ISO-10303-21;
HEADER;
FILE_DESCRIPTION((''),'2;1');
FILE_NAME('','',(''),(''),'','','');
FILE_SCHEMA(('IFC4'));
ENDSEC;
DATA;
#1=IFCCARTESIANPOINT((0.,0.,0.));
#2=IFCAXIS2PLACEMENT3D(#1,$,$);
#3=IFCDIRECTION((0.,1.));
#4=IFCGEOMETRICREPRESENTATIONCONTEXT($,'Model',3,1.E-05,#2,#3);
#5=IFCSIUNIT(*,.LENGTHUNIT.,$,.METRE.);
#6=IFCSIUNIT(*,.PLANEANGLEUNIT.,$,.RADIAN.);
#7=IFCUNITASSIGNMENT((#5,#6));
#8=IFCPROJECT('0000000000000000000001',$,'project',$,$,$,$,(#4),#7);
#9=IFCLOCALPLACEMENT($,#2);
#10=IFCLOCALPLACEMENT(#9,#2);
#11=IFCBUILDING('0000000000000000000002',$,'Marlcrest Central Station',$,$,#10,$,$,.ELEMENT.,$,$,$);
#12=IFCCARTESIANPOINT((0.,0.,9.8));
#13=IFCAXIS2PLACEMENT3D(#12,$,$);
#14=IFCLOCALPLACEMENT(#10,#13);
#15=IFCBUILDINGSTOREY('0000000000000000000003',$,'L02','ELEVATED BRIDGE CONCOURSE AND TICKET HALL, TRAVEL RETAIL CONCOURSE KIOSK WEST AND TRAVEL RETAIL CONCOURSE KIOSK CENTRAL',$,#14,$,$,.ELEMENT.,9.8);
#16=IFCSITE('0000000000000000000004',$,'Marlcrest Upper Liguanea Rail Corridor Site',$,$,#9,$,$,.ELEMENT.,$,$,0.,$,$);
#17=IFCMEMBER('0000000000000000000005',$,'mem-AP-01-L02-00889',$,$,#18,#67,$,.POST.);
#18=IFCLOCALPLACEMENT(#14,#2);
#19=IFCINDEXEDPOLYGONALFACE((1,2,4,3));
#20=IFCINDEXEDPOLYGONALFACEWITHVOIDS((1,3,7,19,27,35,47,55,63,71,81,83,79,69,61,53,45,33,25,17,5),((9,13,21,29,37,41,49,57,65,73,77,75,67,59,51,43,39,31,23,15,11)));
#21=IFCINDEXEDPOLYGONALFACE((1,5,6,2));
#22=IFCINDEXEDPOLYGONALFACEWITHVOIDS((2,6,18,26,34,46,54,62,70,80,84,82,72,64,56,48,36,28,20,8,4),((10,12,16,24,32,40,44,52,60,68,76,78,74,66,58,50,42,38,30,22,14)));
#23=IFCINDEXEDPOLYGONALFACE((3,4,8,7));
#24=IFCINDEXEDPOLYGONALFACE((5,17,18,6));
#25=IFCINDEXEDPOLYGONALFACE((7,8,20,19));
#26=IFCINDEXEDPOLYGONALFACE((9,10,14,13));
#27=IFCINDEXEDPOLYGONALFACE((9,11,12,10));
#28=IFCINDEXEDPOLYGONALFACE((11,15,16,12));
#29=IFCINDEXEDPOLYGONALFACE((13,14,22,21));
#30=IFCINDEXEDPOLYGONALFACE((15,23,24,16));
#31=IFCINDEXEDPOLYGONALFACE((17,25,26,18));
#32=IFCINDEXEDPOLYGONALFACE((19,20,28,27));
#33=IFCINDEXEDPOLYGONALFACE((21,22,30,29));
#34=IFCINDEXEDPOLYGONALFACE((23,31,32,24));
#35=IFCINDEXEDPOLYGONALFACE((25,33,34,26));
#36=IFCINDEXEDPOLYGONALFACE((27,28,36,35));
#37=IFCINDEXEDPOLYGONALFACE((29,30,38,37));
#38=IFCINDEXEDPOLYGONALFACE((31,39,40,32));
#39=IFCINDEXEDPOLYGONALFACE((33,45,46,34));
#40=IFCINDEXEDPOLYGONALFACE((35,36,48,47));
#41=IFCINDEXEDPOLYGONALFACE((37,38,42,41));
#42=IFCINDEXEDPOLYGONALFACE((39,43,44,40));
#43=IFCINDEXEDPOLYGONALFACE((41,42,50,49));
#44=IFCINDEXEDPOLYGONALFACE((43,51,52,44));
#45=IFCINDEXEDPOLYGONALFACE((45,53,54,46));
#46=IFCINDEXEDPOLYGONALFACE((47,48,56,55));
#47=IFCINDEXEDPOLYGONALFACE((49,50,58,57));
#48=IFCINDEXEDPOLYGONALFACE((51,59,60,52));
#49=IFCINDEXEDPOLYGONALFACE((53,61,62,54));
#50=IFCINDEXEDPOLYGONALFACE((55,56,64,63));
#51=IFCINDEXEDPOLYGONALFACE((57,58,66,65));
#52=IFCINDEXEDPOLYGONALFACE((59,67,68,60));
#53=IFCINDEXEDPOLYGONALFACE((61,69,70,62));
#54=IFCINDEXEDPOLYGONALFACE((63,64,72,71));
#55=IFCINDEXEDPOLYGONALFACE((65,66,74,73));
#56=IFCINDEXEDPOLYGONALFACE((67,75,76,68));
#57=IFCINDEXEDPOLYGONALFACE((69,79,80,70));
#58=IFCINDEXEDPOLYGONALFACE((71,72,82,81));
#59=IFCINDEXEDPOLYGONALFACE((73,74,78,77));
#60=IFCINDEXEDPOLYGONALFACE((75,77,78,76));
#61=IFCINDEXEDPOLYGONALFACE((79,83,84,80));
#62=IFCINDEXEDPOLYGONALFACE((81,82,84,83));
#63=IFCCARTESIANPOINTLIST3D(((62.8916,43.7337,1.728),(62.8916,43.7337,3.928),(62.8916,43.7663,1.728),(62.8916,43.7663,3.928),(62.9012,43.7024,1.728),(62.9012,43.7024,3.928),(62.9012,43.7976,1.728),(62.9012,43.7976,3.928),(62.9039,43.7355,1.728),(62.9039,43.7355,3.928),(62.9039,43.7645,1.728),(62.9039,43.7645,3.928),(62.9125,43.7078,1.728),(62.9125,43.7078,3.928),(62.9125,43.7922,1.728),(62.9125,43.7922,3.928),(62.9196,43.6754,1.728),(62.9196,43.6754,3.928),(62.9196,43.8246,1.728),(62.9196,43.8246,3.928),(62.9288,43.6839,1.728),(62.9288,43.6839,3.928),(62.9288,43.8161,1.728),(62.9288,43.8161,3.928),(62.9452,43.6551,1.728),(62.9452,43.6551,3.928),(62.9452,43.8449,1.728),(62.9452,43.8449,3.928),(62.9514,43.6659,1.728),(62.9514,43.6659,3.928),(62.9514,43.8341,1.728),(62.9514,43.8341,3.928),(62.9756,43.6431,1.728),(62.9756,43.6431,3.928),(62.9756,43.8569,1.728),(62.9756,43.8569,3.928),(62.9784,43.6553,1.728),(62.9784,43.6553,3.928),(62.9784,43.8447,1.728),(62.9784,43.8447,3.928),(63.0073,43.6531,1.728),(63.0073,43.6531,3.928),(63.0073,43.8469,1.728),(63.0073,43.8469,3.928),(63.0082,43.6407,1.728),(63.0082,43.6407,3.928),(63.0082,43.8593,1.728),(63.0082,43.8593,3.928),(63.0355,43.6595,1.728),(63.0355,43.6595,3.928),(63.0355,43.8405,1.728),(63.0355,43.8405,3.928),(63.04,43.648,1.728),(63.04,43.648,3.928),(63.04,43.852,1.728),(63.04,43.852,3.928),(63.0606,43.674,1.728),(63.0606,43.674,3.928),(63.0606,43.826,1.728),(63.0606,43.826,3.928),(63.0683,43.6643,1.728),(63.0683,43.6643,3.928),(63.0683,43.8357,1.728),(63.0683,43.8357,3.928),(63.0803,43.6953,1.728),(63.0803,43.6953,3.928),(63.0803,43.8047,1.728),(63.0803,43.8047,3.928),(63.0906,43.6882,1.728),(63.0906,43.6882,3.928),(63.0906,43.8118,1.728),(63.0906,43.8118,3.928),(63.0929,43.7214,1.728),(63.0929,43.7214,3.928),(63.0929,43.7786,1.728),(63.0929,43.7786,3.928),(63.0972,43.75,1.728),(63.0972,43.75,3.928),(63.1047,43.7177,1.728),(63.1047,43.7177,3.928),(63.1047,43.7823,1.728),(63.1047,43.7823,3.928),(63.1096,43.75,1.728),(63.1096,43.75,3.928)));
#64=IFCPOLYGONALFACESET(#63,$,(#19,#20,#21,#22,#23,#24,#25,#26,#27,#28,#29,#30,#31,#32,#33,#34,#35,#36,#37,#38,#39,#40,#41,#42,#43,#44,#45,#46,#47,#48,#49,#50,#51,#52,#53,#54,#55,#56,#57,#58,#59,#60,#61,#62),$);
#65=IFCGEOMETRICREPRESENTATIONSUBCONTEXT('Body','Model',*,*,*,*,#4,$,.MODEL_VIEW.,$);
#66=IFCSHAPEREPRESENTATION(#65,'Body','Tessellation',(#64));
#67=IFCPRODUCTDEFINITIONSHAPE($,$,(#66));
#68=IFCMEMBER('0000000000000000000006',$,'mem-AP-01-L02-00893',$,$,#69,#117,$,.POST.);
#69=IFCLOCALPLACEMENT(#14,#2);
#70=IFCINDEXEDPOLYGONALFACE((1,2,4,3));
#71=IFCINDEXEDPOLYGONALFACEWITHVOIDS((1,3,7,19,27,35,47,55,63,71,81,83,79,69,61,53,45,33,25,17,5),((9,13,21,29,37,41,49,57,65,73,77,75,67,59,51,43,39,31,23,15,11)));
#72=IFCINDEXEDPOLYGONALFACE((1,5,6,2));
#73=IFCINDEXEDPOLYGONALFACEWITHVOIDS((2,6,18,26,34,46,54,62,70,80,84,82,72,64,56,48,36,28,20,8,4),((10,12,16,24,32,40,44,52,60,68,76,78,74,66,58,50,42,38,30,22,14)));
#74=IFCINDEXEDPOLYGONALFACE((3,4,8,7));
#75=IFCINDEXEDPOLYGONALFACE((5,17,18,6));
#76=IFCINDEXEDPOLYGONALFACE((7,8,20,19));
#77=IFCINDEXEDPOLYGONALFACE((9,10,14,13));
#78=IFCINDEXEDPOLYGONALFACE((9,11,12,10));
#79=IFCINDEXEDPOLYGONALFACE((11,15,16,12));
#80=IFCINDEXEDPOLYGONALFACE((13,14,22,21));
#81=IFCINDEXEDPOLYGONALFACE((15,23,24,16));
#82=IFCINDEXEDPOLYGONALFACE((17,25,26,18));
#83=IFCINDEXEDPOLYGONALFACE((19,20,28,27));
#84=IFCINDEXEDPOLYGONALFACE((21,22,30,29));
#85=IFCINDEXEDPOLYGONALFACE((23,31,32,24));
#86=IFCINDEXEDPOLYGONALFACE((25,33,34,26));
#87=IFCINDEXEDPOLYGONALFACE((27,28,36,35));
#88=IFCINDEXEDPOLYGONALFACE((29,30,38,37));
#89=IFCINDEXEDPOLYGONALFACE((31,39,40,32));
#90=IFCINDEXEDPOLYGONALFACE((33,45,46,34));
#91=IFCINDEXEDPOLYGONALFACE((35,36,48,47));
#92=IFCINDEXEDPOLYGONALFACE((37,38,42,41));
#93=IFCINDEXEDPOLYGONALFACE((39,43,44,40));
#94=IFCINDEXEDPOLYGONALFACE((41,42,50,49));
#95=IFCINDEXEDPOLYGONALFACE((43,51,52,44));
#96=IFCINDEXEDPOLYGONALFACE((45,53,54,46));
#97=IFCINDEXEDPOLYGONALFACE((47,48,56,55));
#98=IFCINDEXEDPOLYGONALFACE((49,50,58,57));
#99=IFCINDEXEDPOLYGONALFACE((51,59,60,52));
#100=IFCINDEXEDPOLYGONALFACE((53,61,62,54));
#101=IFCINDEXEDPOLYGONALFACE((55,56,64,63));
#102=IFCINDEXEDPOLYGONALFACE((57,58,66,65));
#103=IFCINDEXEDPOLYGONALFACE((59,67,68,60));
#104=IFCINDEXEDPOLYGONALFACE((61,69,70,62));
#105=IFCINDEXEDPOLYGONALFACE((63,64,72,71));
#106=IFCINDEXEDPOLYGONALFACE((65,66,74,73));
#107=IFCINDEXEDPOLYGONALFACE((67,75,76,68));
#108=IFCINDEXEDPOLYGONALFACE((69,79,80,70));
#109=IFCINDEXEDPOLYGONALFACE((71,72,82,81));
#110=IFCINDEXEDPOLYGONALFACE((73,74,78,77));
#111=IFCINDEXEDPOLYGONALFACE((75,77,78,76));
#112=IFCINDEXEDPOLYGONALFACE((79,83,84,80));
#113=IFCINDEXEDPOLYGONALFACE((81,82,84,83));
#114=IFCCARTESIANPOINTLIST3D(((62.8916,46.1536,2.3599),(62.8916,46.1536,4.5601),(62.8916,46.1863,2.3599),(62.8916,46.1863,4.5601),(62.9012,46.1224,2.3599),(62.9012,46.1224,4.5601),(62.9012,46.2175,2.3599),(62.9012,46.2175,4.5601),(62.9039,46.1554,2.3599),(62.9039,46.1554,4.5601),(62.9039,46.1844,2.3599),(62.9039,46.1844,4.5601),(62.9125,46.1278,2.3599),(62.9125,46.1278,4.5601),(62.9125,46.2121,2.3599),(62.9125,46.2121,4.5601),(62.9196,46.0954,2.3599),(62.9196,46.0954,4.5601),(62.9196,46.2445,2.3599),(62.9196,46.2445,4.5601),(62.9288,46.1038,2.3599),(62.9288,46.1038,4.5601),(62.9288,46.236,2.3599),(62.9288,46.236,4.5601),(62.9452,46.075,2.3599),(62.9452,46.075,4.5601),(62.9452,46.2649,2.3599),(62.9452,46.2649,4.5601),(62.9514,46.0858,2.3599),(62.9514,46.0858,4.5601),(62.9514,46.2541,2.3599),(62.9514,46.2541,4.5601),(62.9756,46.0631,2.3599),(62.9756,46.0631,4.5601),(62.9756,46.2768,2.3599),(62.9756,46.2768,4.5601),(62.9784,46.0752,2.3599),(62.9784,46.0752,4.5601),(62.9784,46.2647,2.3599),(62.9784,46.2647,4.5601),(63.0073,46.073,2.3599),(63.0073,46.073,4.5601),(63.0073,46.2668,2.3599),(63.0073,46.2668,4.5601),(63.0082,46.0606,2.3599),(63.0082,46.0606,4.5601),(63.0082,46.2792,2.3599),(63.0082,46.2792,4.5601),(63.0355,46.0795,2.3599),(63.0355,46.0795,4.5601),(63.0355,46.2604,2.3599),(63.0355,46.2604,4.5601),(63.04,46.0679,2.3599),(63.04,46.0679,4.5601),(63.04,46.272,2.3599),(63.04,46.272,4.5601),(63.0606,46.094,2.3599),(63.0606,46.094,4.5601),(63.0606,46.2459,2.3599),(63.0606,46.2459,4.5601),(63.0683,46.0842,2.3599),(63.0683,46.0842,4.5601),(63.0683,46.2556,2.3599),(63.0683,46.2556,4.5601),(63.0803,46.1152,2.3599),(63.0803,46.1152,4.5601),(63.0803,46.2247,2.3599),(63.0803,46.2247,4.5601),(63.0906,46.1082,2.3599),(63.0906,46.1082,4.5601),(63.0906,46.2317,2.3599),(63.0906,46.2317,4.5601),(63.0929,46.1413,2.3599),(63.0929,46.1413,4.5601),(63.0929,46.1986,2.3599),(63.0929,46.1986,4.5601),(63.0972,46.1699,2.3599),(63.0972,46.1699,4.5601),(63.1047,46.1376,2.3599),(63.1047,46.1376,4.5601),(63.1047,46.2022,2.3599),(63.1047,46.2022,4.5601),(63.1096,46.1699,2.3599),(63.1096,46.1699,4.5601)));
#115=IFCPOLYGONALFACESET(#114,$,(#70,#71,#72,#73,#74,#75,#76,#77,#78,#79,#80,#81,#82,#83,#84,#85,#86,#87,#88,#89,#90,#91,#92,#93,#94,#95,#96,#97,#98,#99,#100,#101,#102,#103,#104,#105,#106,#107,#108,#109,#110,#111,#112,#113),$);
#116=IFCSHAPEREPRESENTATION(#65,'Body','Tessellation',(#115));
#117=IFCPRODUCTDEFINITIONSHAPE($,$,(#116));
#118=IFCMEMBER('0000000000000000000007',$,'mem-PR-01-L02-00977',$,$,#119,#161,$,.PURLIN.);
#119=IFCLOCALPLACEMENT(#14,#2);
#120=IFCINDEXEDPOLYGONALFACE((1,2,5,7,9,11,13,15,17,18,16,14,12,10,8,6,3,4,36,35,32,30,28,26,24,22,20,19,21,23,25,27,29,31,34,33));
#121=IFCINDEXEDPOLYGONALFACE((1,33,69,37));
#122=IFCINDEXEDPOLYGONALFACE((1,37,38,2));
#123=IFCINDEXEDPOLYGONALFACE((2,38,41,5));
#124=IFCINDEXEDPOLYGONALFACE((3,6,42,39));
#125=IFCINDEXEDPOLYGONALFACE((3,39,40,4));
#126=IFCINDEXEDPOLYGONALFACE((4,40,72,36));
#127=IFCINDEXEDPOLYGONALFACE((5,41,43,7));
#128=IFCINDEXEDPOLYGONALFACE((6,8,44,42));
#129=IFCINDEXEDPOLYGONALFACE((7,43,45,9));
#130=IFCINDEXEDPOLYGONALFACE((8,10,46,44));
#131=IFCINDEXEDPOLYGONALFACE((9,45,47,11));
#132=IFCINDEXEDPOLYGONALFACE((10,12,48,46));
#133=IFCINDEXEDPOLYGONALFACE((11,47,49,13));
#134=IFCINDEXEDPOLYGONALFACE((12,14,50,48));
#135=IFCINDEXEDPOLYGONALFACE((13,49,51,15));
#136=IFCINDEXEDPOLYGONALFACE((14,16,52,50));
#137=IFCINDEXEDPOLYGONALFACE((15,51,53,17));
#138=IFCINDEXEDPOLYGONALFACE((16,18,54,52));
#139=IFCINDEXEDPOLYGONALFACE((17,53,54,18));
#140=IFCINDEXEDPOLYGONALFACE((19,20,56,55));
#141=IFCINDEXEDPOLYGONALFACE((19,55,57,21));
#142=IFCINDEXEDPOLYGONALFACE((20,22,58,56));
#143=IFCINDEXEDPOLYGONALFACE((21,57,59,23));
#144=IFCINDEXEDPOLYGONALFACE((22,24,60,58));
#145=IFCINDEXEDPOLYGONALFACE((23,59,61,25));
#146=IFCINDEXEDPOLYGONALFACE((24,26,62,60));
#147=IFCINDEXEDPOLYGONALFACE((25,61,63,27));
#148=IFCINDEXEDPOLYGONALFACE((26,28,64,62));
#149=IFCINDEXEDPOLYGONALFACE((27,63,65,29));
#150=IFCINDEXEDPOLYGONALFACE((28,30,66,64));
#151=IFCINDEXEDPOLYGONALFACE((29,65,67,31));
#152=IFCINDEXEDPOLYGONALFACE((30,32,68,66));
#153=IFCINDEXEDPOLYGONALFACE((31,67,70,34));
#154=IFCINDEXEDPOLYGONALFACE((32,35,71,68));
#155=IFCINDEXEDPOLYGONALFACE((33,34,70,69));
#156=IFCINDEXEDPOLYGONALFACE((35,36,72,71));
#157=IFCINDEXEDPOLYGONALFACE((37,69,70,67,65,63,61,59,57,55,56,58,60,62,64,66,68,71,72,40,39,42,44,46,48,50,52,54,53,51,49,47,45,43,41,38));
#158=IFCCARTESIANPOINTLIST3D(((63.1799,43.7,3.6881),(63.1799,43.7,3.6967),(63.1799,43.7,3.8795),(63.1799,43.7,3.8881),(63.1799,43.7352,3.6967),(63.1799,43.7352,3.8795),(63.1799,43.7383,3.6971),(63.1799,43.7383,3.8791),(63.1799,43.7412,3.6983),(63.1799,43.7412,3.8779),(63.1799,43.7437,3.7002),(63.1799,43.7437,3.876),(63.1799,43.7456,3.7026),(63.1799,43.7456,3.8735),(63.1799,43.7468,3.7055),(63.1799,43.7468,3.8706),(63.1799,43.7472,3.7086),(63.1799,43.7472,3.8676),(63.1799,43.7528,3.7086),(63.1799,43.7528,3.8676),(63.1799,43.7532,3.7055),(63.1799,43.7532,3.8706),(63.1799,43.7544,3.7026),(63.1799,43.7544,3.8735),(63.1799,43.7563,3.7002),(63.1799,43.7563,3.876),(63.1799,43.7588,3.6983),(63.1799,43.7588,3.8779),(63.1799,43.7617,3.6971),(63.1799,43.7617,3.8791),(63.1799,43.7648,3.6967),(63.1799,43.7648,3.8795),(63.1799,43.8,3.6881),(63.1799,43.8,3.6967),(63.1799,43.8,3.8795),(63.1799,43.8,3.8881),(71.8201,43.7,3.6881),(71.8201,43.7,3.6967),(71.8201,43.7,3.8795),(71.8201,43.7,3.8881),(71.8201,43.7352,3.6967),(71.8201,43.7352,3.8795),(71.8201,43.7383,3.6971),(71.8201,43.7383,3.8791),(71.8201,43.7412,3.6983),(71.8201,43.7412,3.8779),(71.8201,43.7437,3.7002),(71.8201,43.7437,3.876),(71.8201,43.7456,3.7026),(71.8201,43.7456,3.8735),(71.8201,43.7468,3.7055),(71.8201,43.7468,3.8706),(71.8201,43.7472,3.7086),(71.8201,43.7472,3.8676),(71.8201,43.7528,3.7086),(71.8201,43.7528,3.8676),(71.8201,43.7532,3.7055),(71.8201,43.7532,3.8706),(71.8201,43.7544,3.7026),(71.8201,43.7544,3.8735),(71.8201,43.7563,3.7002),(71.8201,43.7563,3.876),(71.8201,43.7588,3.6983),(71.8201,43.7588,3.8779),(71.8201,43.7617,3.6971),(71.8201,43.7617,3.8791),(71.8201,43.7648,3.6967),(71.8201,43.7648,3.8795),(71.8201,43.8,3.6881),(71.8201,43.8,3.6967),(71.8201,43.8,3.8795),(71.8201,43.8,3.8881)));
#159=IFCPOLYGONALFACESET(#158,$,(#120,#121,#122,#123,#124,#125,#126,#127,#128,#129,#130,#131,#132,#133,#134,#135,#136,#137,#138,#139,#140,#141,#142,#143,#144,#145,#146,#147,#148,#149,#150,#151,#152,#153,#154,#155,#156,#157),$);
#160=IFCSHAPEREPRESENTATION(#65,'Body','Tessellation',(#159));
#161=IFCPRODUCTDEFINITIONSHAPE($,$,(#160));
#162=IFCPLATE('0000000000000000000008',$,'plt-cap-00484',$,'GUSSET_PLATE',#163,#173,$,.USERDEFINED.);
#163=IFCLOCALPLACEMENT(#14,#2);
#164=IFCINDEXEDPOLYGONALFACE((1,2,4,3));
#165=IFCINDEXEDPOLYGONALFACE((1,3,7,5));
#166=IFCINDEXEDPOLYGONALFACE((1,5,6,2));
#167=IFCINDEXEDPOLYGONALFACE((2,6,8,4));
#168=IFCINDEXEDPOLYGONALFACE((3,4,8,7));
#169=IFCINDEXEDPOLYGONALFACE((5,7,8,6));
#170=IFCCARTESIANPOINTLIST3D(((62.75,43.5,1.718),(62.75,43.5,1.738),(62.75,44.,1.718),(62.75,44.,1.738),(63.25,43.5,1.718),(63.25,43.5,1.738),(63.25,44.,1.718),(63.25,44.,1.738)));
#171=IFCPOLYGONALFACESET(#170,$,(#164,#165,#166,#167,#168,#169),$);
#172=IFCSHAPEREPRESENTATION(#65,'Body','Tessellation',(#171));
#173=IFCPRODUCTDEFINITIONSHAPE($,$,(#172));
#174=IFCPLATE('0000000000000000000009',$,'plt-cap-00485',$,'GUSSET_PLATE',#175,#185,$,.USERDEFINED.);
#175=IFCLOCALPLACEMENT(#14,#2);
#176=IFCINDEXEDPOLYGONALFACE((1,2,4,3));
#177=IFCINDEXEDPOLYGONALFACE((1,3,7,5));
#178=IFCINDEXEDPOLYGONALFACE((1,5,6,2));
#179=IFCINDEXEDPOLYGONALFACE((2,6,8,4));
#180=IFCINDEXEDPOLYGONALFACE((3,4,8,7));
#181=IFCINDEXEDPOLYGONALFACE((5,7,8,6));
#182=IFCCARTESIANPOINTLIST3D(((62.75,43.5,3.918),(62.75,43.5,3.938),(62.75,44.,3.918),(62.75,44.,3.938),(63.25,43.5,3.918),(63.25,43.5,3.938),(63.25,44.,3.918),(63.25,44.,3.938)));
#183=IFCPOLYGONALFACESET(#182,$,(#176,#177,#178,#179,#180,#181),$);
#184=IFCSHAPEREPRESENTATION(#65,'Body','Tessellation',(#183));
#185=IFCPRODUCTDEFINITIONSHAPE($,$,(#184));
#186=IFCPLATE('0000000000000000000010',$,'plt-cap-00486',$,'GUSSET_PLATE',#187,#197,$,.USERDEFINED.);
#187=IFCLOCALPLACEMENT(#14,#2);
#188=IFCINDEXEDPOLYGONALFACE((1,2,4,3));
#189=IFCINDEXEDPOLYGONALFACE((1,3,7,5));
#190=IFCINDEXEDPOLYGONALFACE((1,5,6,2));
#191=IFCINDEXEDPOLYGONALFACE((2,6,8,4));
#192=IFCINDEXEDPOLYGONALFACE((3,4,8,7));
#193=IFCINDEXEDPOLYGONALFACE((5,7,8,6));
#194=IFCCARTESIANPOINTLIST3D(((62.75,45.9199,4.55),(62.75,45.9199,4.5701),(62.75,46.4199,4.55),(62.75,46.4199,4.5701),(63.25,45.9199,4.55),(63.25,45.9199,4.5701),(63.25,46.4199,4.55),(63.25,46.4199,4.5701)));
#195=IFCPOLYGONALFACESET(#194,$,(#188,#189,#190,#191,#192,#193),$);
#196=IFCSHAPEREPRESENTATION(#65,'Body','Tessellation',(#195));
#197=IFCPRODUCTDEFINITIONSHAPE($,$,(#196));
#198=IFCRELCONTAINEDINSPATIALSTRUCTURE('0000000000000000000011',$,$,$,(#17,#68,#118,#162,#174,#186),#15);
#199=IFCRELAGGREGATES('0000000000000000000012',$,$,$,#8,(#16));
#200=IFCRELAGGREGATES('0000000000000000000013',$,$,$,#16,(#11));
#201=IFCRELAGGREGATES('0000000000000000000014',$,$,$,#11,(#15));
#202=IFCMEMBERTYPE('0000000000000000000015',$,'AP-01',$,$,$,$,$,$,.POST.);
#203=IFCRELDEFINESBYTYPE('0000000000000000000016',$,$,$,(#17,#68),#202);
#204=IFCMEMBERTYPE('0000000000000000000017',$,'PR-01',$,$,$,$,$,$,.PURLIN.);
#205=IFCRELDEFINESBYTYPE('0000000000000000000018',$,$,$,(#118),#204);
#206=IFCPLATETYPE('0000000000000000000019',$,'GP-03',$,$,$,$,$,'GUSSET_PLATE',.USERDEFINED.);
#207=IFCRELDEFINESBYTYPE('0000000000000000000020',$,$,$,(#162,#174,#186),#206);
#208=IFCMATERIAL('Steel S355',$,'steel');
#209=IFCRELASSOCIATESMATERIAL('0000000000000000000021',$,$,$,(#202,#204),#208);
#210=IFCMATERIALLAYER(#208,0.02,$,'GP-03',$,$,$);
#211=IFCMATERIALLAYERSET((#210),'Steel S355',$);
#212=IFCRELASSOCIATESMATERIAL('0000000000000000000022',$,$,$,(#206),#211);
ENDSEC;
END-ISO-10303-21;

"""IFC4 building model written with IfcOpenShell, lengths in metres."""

from ifc_helpers import new_model, si_unit, direction, frame, origin, origin_2d, place, context, subcontext, project, spatial, rectangle, hollow_circle, i_section, extrude, material, layer, layer_set, material_profile, profile_set, type_object, element, save


model = new_model("IFC4")

# Units and contexts
model_context = context("Model", 3, precision=1e-05, world=origin(), true_north=direction((0.0, 1.0)))
body_context = subcontext(model_context, "Body", "Model", "MODEL_VIEW")
ifc_project = project(units=[si_unit("LENGTHUNIT", "METRE"), si_unit("PLANEANGLEUNIT", "RADIAN")], contexts=[model_context])

# Site, building, storey
site_placement = place(None, origin())
site = spatial("IfcSite", under=ifc_project, at=site_placement, Name="Marlcrest Upper Liguanea Rail Corridor Site", CompositionType="ELEMENT", RefElevation=0.0)
building_placement = place(site_placement, origin())
building = spatial("IfcBuilding", under=site, at=building_placement, Name="Marlcrest Central Station", CompositionType="ELEMENT")
storey_placement = place(building_placement, frame((0.0, 0.0, 9.8)))
storey = spatial("IfcBuildingStorey", under=building, at=storey_placement, Name="L02", Description="ELEVATED BRIDGE CONCOURSE AND TICKET HALL, TRAVEL RETAIL CONCOURSE KIOSK WEST AND TRAVEL RETAIL CONCOURSE KIOSK CENTRAL", CompositionType="ELEMENT", Elevation=9.8)

# Members
ifc_material_1 = material(Name="Steel S355", Category="steel")
ifc_material_profile_1 = material_profile(ifc_material_1, hollow_circle(Radius=0.1096, WallThickness=0.0125, at=origin_2d()), Name="CHS 219.1x12.5")
ifc_profile_set_1 = profile_set([ifc_material_profile_1], Name="Steel S355")
member_type_1 = type_object("IfcMemberType", Name="AP-01", PredefinedType="POST", material=ifc_profile_set_1)
member_1_placement = place(storey_placement, frame((63.0, 43.75, 1.728), z_axis=(0.0, 0.0, 1.0), x_axis=(1.0, 0.0, 0.0)))
element("IfcMember", 1, at=member_1_placement, inside=storey, type_object=member_type_1, Name="mem-AP-01-L02-00889", PredefinedType="POST", context=body_context, shape_type="SweptSolid", body=[
    extrude(hollow_circle(Radius=0.1096, WallThickness=0.0125, at=origin_2d()), origin(), (0.0, 0.0, 1.0), 2.2),
])
member_2_placement = place(storey_placement, frame((63.0, 46.1699, 2.3599), z_axis=(0.0, 0.0, 1.0), x_axis=(1.0, 0.0, 0.0)))
element("IfcMember", 2, at=member_2_placement, inside=storey, type_object=member_type_1, Name="mem-AP-01-L02-00893", PredefinedType="POST", context=body_context, shape_type="SweptSolid", body=[
    extrude(hollow_circle(Radius=0.1096, WallThickness=0.0125, at=origin_2d()), origin(), (0.0, 0.0, 1.0), 2.2002),
])
ifc_material_profile_2 = material_profile(ifc_material_1, i_section(OverallWidth=0.1001, OverallDepth=0.2, WebThickness=0.0056, FlangeThickness=0.0085, FilletRadius=0.012, at=origin_2d()), Name="IPE 200")
ifc_profile_set_2 = profile_set([ifc_material_profile_2], Name="Steel S355")
member_type_2 = type_object("IfcMemberType", Name="PR-01", PredefinedType="PURLIN", material=ifc_profile_set_2)
member_3_placement = place(storey_placement, frame((63.1799, 43.75, 3.7881), z_axis=(1.0, 0.0, 0.0), x_axis=(0.0, 1.0, 0.0)))
element("IfcMember", 3, at=member_3_placement, inside=storey, type_object=member_type_2, Name="mem-PR-01-L02-00977", PredefinedType="PURLIN", context=body_context, shape_type="SweptSolid", body=[
    extrude(i_section(OverallWidth=0.1001, OverallDepth=0.2, WebThickness=0.0056, FlangeThickness=0.0085, FilletRadius=0.012, at=origin_2d()), origin(), (0.0, 0.0, 1.0), 8.6401),
])

# Plates
ifc_layer_1 = layer(ifc_material_1, 0.02, Name="GP-03")
ifc_layer_set_1 = layer_set([ifc_layer_1], Name="Steel S355")
plate_type = type_object("IfcPlateType", Name="GP-03", ElementType="GUSSET_PLATE", PredefinedType="USERDEFINED", material=ifc_layer_set_1)
for number, where, z_axis, x_axis, name in (
    (4, (63.0, 43.75, 1.718), (0.0, 0.0, 1.0), (1.0, 0.0, 0.0), "plt-cap-00484"),
    (5, (63.0, 43.75, 3.918), (0.0, 0.0, 1.0), (1.0, 0.0, 0.0), "plt-cap-00485"),
    (6, (63.0, 46.1699, 4.55), (0.0, 0.0, 1.0), (1.0, 0.0, 0.0), "plt-cap-00486"),
):
    element("IfcPlate", number, at=place(storey_placement, frame(where, z_axis=z_axis, x_axis=x_axis)), inside=storey, type_object=plate_type, Name=name, ObjectType="GUSSET_PLATE", PredefinedType="USERDEFINED", context=body_context, shape_type="SweptSolid", body=[
        extrude(rectangle(XDim=0.5, YDim=0.5, at=origin_2d()), origin(), (0.0, 0.0, 1.0), 0.02),
    ])

save(model, "model.ifc")
